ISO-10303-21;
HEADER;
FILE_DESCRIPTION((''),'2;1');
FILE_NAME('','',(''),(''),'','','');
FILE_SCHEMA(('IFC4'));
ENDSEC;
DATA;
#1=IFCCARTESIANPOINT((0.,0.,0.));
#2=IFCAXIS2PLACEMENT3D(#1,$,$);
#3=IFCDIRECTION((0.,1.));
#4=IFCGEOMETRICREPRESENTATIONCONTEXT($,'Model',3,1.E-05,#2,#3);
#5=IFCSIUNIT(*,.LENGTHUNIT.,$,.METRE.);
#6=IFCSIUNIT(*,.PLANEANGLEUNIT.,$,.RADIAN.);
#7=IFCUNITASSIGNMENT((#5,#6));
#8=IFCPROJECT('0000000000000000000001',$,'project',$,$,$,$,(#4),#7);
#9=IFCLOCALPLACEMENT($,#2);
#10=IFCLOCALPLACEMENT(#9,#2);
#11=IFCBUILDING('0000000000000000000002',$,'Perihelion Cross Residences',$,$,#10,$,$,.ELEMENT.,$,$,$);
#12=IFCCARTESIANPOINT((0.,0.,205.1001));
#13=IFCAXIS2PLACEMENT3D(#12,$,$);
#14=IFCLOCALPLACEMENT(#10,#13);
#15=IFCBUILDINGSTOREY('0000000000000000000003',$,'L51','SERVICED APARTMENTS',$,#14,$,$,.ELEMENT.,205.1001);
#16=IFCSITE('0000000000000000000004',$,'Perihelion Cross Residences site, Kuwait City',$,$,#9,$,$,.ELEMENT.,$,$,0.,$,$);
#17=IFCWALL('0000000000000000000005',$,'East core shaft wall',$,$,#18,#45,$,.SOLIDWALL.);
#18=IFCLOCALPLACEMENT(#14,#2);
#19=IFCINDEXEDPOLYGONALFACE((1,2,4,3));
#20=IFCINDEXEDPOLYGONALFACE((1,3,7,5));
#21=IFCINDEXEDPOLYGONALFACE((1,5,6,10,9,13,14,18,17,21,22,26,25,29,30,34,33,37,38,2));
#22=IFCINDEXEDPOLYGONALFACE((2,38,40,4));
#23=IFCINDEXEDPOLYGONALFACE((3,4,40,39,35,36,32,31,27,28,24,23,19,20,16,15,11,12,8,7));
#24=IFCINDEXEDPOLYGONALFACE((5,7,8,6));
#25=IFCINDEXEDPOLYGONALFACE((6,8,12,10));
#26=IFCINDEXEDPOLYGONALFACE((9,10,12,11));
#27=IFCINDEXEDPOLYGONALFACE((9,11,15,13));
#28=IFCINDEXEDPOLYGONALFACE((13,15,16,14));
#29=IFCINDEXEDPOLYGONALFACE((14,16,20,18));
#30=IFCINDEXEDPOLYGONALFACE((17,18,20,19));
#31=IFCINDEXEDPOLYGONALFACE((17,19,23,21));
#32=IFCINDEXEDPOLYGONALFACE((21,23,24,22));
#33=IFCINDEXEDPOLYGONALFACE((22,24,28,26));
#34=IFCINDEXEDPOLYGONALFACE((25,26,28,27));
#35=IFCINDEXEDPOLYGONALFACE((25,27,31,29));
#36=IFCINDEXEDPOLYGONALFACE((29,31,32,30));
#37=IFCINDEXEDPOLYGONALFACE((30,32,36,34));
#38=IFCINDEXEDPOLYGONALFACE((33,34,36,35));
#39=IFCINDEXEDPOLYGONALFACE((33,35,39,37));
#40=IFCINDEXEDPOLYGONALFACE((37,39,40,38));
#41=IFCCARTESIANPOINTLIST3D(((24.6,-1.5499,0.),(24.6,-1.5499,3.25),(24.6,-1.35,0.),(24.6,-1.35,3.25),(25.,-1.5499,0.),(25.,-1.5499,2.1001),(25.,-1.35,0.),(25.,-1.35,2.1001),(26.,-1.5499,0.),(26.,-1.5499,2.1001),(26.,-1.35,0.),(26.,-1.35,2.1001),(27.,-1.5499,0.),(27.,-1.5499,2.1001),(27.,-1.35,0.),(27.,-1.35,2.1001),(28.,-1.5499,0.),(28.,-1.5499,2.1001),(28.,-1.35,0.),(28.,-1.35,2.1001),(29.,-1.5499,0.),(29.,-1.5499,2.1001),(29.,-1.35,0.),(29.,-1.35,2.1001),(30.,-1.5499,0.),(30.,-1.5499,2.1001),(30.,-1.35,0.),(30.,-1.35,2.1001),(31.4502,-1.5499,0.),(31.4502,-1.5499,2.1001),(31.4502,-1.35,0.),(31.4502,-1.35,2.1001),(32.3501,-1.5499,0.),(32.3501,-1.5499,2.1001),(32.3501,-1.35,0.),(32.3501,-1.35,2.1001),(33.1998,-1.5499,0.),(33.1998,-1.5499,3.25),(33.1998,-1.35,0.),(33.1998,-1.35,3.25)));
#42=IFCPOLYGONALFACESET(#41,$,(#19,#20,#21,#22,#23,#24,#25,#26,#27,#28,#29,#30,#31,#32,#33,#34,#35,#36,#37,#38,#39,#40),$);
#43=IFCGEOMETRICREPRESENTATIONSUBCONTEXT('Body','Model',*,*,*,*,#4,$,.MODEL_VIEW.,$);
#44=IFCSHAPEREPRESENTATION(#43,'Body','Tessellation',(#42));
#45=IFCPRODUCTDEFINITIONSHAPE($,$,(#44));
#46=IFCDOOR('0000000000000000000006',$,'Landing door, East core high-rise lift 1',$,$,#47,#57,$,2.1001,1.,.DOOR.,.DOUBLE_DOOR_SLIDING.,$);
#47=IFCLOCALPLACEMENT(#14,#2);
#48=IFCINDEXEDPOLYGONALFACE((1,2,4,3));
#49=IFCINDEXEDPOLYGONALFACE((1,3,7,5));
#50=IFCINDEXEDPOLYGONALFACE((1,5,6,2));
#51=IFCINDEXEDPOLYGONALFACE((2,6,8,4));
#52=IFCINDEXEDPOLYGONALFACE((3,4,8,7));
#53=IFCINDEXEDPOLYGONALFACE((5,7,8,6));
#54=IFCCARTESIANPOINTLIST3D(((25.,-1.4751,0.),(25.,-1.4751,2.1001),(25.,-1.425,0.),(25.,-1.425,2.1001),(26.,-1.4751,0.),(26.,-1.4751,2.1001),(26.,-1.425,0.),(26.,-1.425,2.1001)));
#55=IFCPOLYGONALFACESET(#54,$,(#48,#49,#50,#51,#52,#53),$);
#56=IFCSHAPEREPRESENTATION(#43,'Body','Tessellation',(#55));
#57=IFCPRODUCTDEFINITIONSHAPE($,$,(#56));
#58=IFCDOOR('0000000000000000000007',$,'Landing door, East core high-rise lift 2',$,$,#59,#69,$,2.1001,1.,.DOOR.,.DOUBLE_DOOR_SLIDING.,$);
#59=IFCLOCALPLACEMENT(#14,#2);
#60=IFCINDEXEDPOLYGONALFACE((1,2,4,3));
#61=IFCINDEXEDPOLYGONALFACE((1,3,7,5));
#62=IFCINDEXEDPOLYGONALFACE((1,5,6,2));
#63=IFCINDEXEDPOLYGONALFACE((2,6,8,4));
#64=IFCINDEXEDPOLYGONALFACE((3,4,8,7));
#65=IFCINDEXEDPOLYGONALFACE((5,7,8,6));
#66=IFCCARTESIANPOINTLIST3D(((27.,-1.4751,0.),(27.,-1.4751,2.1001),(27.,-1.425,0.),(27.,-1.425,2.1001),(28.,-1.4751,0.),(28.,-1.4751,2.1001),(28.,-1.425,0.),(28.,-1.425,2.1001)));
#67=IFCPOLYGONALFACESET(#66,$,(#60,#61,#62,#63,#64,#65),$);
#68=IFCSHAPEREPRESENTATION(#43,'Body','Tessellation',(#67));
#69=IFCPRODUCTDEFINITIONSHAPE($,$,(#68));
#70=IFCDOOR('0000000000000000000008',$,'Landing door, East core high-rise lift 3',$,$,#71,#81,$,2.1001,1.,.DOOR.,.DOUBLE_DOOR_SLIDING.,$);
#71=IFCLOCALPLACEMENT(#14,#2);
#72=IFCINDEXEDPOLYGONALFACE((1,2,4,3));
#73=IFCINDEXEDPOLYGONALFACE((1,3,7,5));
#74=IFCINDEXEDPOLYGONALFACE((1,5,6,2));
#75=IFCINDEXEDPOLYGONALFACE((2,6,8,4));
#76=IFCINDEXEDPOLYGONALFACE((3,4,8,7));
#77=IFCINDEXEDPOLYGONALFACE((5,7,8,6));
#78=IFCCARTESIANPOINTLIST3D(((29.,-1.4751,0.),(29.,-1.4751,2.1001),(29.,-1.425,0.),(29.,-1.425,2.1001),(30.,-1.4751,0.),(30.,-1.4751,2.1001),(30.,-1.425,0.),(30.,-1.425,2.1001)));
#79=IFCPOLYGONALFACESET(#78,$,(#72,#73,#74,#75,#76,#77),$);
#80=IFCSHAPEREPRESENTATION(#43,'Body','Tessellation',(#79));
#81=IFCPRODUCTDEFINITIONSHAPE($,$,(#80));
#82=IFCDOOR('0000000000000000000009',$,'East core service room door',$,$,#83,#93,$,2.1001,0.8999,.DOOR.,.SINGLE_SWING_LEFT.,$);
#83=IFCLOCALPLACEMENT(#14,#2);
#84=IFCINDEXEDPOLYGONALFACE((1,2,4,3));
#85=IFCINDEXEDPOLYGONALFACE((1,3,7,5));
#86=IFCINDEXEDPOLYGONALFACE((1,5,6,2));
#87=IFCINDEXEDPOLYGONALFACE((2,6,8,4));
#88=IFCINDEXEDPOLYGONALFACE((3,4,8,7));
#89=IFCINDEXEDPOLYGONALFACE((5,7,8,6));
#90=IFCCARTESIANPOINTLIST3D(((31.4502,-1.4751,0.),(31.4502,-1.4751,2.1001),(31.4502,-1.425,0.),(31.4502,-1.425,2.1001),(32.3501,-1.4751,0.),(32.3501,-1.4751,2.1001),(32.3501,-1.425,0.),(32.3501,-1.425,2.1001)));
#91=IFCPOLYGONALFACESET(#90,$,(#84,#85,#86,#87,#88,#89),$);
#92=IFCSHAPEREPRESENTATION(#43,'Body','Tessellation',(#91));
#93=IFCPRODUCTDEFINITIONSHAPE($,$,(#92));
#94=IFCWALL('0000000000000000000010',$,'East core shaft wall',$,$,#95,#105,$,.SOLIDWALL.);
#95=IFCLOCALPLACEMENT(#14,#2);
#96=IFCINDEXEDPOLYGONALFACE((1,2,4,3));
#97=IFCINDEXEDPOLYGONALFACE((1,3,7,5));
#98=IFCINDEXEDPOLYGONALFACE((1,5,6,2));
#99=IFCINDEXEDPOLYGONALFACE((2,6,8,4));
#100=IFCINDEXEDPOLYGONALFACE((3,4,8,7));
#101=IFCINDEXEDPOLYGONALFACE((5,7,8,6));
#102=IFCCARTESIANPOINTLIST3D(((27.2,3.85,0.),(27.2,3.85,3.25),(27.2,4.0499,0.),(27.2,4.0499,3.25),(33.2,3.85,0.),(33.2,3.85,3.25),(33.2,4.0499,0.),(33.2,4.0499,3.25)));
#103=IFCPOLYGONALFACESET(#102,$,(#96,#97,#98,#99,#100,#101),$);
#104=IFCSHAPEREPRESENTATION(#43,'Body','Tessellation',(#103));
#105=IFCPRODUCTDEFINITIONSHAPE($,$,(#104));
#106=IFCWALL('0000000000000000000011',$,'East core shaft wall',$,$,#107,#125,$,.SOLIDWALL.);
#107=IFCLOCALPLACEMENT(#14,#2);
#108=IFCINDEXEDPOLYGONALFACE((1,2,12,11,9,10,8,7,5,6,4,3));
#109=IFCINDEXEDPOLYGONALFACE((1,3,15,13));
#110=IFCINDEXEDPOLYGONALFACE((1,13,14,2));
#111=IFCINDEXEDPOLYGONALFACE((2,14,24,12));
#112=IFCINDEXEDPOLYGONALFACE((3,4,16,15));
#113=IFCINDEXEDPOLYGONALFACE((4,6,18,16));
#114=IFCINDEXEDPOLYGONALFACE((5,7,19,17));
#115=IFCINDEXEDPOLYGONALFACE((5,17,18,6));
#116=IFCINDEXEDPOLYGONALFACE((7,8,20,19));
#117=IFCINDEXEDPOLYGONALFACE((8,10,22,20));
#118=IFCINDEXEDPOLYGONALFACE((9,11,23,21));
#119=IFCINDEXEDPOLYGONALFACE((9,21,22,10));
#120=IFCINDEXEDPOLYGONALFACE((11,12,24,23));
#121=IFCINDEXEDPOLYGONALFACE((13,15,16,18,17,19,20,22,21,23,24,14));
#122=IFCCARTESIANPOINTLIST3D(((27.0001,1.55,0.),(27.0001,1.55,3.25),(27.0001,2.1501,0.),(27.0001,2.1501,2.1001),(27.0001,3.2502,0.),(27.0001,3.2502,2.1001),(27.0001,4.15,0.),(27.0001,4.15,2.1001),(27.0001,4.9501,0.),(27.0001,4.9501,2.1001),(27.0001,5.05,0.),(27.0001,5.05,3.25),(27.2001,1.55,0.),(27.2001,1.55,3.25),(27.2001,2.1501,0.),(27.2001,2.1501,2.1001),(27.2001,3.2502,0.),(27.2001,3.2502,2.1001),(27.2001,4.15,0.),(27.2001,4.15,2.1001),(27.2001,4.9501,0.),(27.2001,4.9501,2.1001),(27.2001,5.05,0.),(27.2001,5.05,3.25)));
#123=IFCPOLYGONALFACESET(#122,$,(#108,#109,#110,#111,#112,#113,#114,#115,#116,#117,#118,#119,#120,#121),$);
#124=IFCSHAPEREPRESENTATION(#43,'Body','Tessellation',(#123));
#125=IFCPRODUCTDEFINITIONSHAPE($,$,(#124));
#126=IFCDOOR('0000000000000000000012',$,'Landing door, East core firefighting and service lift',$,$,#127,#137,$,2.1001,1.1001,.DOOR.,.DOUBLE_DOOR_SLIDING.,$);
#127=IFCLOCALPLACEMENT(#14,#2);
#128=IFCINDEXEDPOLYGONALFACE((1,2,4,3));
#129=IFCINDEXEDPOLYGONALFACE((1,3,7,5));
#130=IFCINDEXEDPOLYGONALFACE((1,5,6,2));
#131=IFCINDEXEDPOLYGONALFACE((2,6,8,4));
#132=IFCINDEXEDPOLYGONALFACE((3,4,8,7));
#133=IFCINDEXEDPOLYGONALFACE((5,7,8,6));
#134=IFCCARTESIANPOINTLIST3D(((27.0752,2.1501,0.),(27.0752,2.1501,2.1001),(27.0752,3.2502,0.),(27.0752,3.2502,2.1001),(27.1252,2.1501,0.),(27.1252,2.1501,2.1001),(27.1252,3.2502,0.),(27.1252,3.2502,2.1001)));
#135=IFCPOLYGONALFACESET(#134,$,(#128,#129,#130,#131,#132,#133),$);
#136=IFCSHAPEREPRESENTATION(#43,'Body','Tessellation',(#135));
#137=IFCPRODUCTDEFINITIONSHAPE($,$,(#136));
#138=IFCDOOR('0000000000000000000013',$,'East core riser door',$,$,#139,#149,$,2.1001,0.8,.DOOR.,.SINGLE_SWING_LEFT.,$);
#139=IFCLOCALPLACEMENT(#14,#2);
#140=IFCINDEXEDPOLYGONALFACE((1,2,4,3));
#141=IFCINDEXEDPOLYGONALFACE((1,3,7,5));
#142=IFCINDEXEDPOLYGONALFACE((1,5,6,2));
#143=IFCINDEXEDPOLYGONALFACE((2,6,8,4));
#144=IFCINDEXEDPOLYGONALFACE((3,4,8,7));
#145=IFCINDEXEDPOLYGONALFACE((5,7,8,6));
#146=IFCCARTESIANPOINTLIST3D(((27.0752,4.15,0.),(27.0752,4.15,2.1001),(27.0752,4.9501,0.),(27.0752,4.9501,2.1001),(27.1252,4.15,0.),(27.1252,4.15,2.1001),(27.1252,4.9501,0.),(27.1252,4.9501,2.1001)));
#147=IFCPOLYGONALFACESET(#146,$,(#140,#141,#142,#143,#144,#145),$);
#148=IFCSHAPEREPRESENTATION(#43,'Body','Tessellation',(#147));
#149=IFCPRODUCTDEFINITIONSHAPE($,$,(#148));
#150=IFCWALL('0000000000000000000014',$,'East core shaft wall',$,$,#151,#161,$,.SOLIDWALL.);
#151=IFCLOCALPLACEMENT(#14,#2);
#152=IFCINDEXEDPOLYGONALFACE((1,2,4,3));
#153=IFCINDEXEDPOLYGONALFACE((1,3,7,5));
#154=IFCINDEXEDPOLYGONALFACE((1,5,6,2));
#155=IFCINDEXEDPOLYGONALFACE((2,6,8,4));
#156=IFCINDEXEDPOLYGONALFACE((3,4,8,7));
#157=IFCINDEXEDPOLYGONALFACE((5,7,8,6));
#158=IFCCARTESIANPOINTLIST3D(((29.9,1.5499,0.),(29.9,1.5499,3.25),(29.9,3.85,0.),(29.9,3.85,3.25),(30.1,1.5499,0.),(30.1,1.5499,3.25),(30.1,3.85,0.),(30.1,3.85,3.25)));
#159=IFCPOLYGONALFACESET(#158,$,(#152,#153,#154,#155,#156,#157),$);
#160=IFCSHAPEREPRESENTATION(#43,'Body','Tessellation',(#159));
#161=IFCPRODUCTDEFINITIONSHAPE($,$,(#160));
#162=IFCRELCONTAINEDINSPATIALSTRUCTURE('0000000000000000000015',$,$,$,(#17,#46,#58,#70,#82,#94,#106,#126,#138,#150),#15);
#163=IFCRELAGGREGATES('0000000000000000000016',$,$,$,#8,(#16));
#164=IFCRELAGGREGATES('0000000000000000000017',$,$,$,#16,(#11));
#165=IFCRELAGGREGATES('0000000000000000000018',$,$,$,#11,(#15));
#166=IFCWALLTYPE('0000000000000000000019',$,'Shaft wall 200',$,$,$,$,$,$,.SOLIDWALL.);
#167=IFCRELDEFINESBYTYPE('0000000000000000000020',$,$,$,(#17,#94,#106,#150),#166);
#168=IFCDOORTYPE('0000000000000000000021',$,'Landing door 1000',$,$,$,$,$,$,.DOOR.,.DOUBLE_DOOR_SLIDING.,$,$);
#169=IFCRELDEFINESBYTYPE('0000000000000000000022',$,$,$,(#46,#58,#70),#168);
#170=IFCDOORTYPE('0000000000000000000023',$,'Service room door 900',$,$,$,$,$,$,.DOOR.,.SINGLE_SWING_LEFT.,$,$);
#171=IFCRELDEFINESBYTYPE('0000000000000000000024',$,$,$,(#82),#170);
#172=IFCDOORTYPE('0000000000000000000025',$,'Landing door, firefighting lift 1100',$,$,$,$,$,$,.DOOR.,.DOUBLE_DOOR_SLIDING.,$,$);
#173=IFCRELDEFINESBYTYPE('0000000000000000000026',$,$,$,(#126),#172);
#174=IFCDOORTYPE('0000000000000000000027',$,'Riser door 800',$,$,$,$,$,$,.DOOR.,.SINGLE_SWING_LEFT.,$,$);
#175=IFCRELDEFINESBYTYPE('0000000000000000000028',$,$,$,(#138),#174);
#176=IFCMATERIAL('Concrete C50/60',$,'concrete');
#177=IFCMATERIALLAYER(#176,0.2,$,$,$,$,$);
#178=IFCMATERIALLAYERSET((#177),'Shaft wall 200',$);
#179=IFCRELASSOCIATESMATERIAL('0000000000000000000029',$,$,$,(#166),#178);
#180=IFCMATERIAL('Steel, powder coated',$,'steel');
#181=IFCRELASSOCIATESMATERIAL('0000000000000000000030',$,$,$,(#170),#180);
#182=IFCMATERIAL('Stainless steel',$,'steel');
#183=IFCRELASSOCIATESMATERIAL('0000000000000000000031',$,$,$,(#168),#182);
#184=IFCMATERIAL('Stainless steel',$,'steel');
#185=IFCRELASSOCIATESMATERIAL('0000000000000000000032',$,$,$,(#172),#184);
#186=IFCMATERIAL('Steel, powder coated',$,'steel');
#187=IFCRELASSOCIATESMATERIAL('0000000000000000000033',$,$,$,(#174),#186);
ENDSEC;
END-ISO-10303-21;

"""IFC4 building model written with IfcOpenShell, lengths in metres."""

from ifc_helpers import new_model, si_unit, direction, frame, frame_2d, origin, place, context, subcontext, project, spatial, rectangle, extrude, material, layer, layer_set, type_object, element, fill, save


model = new_model("IFC4")

# Units and contexts
model_context = context("Model", 3, precision=1e-05, world=origin(), true_north=direction((0.0, 1.0)))
body_context = subcontext(model_context, "Body", "Model", "MODEL_VIEW")
ifc_project = project(units=[si_unit("LENGTHUNIT", "METRE"), si_unit("PLANEANGLEUNIT", "RADIAN")], contexts=[model_context])

# Site, building, storey
site_placement = place(None, origin())
site = spatial("IfcSite", under=ifc_project, at=site_placement, Name="Perihelion Cross Residences site, Kuwait City", CompositionType="ELEMENT", RefElevation=0.0)
building_placement = place(site_placement, origin())
building = spatial("IfcBuilding", under=site, at=building_placement, Name="Perihelion Cross Residences", CompositionType="ELEMENT")
storey_placement = place(building_placement, frame((0.0, 0.0, 205.1001)))
storey = spatial("IfcBuildingStorey", under=building, at=storey_placement, Name="L51", Description="SERVICED APARTMENTS", CompositionType="ELEMENT", Elevation=205.1001)

# Wall, openings, doors
ifc_material_1 = material(Name="Concrete C50/60", Category="concrete")
ifc_layer_1 = layer(ifc_material_1, 0.2)
ifc_layer_set_1 = layer_set([ifc_layer_1], Name="Shaft wall 200")
wall_type_1 = type_object("IfcWallType", Name="Shaft wall 200", PredefinedType="SOLIDWALL", material=ifc_layer_set_1)
ifc_material_2 = material(Name="Steel, powder coated", Category="steel")
door_type_1 = type_object("IfcDoorType", Name="Service room door 900", OperationType="SINGLE_SWING_LEFT", PredefinedType="DOOR", material=ifc_material_2)
wall_1_placement = place(storey_placement, frame((24.6001, -1.45, 0.0), z_axis=(0.0, 0.0, 1.0), x_axis=(1.0, 0.0, 0.0)))
wall_1 = element("IfcWall", 1, at=wall_1_placement, inside=storey, type_object=wall_type_1, Name="East core shaft wall", PredefinedType="SOLIDWALL", context=body_context, shape_type="SweptSolid", body=[
    extrude(rectangle(XDim=8.5999, YDim=0.2, at=frame_2d((4.2998, 0.0))), origin(), (0.0, 0.0, 1.0), 3.25),
])
opening_1_placement = place(wall_1_placement, frame((0.3999, 0.0, 0.0)))
opening_1 = element("IfcOpeningElement", 2, at=opening_1_placement, cuts=wall_1, PredefinedType="OPENING", context=body_context, shape_type="SweptSolid", body=[
    extrude(rectangle(XDim=1.0, YDim=2.1001, at=frame_2d((0.5, 1.05))), frame((0.0, 0.1099, 0.0), z_axis=(0.0, -1.0, 0.0), x_axis=(1.0, 0.0, 0.0)), (0.0, 0.0, 1.0), 0.22),
])
opening_2_placement = place(wall_1_placement, frame((2.3999, 0.0, 0.0)))
opening_2 = element("IfcOpeningElement", 3, at=opening_2_placement, cuts=wall_1, PredefinedType="OPENING", context=body_context, shape_type="SweptSolid", body=[
    extrude(rectangle(XDim=1.0, YDim=2.1001, at=frame_2d((0.5, 1.05))), frame((0.0, 0.1099, 0.0), z_axis=(0.0, -1.0, 0.0), x_axis=(1.0, 0.0, 0.0)), (0.0, 0.0, 1.0), 0.22),
])
opening_3_placement = place(wall_1_placement, frame((4.3999, 0.0, 0.0)))
opening_3 = element("IfcOpeningElement", 4, at=opening_3_placement, cuts=wall_1, PredefinedType="OPENING", context=body_context, shape_type="SweptSolid", body=[
    extrude(rectangle(XDim=1.0, YDim=2.1001, at=frame_2d((0.5, 1.05))), frame((0.0, 0.1099, 0.0), z_axis=(0.0, -1.0, 0.0), x_axis=(1.0, 0.0, 0.0)), (0.0, 0.0, 1.0), 0.22),
])
opening_4_placement = place(wall_1_placement, frame((6.8501, 0.0, 0.0)))
opening_4 = element("IfcOpeningElement", 5, at=opening_4_placement, cuts=wall_1, PredefinedType="OPENING", context=body_context, shape_type="SweptSolid", body=[
    extrude(rectangle(XDim=0.8999, YDim=2.1001, at=frame_2d((0.45, 1.05))), frame((0.0, 0.1099, 0.0), z_axis=(0.0, -1.0, 0.0), x_axis=(1.0, 0.0, 0.0)), (0.0, 0.0, 1.0), 0.22),
])
ifc_material_3 = material(Name="Stainless steel", Category="steel")
door_type_2 = type_object("IfcDoorType", Name="Landing door 1000", OperationType="DOUBLE_DOOR_SLIDING", PredefinedType="DOOR", material=ifc_material_3)
door_1_placement = place(opening_1_placement, origin())
door_1 = element("IfcDoor", 6, at=door_1_placement, inside=storey, type_object=door_type_2, Name="Landing door, East core high-rise lift 1", OperationType="DOUBLE_DOOR_SLIDING", OverallHeight=2.1001, OverallWidth=1.0, PredefinedType="DOOR", context=body_context, shape_type="SweptSolid", body=[
    extrude(rectangle(XDim=1.0, YDim=2.1001, at=frame_2d((0.5, 1.05))), frame((0.0, 0.0249, 0.0), z_axis=(0.0, -1.0, 0.0), x_axis=(1.0, 0.0, 0.0)), (0.0, 0.0, 1.0), 0.05),
])
fill(opening_1, door_1)
door_2_placement = place(opening_2_placement, origin())
door_2 = element("IfcDoor", 7, at=door_2_placement, inside=storey, type_object=door_type_2, Name="Landing door, East core high-rise lift 2", OperationType="DOUBLE_DOOR_SLIDING", OverallHeight=2.1001, OverallWidth=1.0, PredefinedType="DOOR", context=body_context, shape_type="SweptSolid", body=[
    extrude(rectangle(XDim=1.0, YDim=2.1001, at=frame_2d((0.5, 1.05))), frame((0.0, 0.0249, 0.0), z_axis=(0.0, -1.0, 0.0), x_axis=(1.0, 0.0, 0.0)), (0.0, 0.0, 1.0), 0.05),
])
fill(opening_2, door_2)
door_3_placement = place(opening_3_placement, origin())
door_3 = element("IfcDoor", 8, at=door_3_placement, inside=storey, type_object=door_type_2, Name="Landing door, East core high-rise lift 3", OperationType="DOUBLE_DOOR_SLIDING", OverallHeight=2.1001, OverallWidth=1.0, PredefinedType="DOOR", context=body_context, shape_type="SweptSolid", body=[
    extrude(rectangle(XDim=1.0, YDim=2.1001, at=frame_2d((0.5, 1.05))), frame((0.0, 0.0249, 0.0), z_axis=(0.0, -1.0, 0.0), x_axis=(1.0, 0.0, 0.0)), (0.0, 0.0, 1.0), 0.05),
])
fill(opening_3, door_3)
door_4_placement = place(opening_4_placement, origin())
door_4 = element("IfcDoor", 9, at=door_4_placement, inside=storey, type_object=door_type_1, Name="East core service room door", OperationType="SINGLE_SWING_LEFT", OverallHeight=2.1001, OverallWidth=0.8999, PredefinedType="DOOR", context=body_context, shape_type="SweptSolid", body=[
    extrude(rectangle(XDim=0.8999, YDim=2.1001, at=frame_2d((0.45, 1.05))), frame((0.0, 0.0249, 0.0), z_axis=(0.0, -1.0, 0.0), x_axis=(1.0, 0.0, 0.0)), (0.0, 0.0, 1.0), 0.05),
])
fill(opening_4, door_4)

# Wall
wall_2_placement = place(storey_placement, frame((27.2, 3.95, 0.0), z_axis=(0.0, 0.0, 1.0), x_axis=(1.0, 0.0, 0.0)))
element("IfcWall", 10, at=wall_2_placement, inside=storey, type_object=wall_type_1, Name="East core shaft wall", PredefinedType="SOLIDWALL", context=body_context, shape_type="SweptSolid", body=[
    extrude(rectangle(XDim=6.0, YDim=0.2, at=frame_2d((3.0, 0.0))), origin(), (0.0, 0.0, 1.0), 3.25),
])

# Wall, openings, doors
wall_3_placement = place(storey_placement, frame((27.1001, 1.55, 0.0), z_axis=(0.0, 0.0, 1.0), x_axis=(0.0, 1.0, 0.0)))
wall_3 = element("IfcWall", 11, at=wall_3_placement, inside=storey, type_object=wall_type_1, Name="East core shaft wall", PredefinedType="SOLIDWALL", context=body_context, shape_type="SweptSolid", body=[
    extrude(rectangle(XDim=3.5, YDim=0.2, at=frame_2d((1.75, 0.0))), origin(), (0.0, 0.0, 1.0), 3.25),
])
opening_5_placement = place(wall_3_placement, frame((0.6001, 0.0, 0.0)))
opening_5 = element("IfcOpeningElement", 12, at=opening_5_placement, cuts=wall_3, PredefinedType="OPENING", context=body_context, shape_type="SweptSolid", body=[
    extrude(rectangle(XDim=1.1001, YDim=2.1001, at=frame_2d((0.55, 1.05))), frame((0.0, 0.1099, 0.0), z_axis=(0.0, -1.0, 0.0), x_axis=(1.0, 0.0, 0.0)), (0.0, 0.0, 1.0), 0.22),
])
opening_6_placement = place(wall_3_placement, frame((2.6001, 0.0, 0.0)))
opening_6 = element("IfcOpeningElement", 13, at=opening_6_placement, cuts=wall_3, PredefinedType="OPENING", context=body_context, shape_type="SweptSolid", body=[
    extrude(rectangle(XDim=0.8, YDim=2.1001, at=frame_2d((0.3999, 1.05))), frame((0.0, 0.1099, 0.0), z_axis=(0.0, -1.0, 0.0), x_axis=(1.0, 0.0, 0.0)), (0.0, 0.0, 1.0), 0.22),
])
ifc_material_4 = material(Name="Stainless steel", Category="steel")
door_type_3 = type_object("IfcDoorType", Name="Landing door, firefighting lift 1100", OperationType="DOUBLE_DOOR_SLIDING", PredefinedType="DOOR", material=ifc_material_4)
door_5_placement = place(opening_5_placement, origin())
door_5 = element("IfcDoor", 14, at=door_5_placement, inside=storey, type_object=door_type_3, Name="Landing door, East core firefighting and service lift", OperationType="DOUBLE_DOOR_SLIDING", OverallHeight=2.1001, OverallWidth=1.1001, PredefinedType="DOOR", context=body_context, shape_type="SweptSolid", body=[
    extrude(rectangle(XDim=1.1001, YDim=2.1001, at=frame_2d((0.55, 1.05))), frame((0.0, 0.0249, 0.0), z_axis=(0.0, -1.0, 0.0), x_axis=(1.0, 0.0, 0.0)), (0.0, 0.0, 1.0), 0.05),
])
fill(opening_5, door_5)
ifc_material_5 = material(Name="Steel, powder coated", Category="steel")
door_type_4 = type_object("IfcDoorType", Name="Riser door 800", OperationType="SINGLE_SWING_LEFT", PredefinedType="DOOR", material=ifc_material_5)
door_6_placement = place(opening_6_placement, origin())
door_6 = element("IfcDoor", 15, at=door_6_placement, inside=storey, type_object=door_type_4, Name="East core riser door", OperationType="SINGLE_SWING_LEFT", OverallHeight=2.1001, OverallWidth=0.8, PredefinedType="DOOR", context=body_context, shape_type="SweptSolid", body=[
    extrude(rectangle(XDim=0.8, YDim=2.1001, at=frame_2d((0.3999, 1.05))), frame((0.0, 0.0249, 0.0), z_axis=(0.0, -1.0, 0.0), x_axis=(1.0, 0.0, 0.0)), (0.0, 0.0, 1.0), 0.05),
])
fill(opening_6, door_6)

# Wall
for number, where, z_axis, x_axis, name in (
    (16, (30.0, 1.55, 0.0), (0.0, 0.0, 1.0), (0.0, 1.0, 0.0), "East core shaft wall"),
):
    element("IfcWall", number, at=place(storey_placement, frame(where, z_axis=z_axis, x_axis=x_axis)), inside=storey, type_object=wall_type_1, Name=name, PredefinedType="SOLIDWALL", context=body_context, shape_type="SweptSolid", body=[
        extrude(rectangle(XDim=2.3, YDim=0.2, at=frame_2d((1.1499, 0.0))), origin(), (0.0, 0.0, 1.0), 3.25),
    ])

save(model, "model.ifc")
